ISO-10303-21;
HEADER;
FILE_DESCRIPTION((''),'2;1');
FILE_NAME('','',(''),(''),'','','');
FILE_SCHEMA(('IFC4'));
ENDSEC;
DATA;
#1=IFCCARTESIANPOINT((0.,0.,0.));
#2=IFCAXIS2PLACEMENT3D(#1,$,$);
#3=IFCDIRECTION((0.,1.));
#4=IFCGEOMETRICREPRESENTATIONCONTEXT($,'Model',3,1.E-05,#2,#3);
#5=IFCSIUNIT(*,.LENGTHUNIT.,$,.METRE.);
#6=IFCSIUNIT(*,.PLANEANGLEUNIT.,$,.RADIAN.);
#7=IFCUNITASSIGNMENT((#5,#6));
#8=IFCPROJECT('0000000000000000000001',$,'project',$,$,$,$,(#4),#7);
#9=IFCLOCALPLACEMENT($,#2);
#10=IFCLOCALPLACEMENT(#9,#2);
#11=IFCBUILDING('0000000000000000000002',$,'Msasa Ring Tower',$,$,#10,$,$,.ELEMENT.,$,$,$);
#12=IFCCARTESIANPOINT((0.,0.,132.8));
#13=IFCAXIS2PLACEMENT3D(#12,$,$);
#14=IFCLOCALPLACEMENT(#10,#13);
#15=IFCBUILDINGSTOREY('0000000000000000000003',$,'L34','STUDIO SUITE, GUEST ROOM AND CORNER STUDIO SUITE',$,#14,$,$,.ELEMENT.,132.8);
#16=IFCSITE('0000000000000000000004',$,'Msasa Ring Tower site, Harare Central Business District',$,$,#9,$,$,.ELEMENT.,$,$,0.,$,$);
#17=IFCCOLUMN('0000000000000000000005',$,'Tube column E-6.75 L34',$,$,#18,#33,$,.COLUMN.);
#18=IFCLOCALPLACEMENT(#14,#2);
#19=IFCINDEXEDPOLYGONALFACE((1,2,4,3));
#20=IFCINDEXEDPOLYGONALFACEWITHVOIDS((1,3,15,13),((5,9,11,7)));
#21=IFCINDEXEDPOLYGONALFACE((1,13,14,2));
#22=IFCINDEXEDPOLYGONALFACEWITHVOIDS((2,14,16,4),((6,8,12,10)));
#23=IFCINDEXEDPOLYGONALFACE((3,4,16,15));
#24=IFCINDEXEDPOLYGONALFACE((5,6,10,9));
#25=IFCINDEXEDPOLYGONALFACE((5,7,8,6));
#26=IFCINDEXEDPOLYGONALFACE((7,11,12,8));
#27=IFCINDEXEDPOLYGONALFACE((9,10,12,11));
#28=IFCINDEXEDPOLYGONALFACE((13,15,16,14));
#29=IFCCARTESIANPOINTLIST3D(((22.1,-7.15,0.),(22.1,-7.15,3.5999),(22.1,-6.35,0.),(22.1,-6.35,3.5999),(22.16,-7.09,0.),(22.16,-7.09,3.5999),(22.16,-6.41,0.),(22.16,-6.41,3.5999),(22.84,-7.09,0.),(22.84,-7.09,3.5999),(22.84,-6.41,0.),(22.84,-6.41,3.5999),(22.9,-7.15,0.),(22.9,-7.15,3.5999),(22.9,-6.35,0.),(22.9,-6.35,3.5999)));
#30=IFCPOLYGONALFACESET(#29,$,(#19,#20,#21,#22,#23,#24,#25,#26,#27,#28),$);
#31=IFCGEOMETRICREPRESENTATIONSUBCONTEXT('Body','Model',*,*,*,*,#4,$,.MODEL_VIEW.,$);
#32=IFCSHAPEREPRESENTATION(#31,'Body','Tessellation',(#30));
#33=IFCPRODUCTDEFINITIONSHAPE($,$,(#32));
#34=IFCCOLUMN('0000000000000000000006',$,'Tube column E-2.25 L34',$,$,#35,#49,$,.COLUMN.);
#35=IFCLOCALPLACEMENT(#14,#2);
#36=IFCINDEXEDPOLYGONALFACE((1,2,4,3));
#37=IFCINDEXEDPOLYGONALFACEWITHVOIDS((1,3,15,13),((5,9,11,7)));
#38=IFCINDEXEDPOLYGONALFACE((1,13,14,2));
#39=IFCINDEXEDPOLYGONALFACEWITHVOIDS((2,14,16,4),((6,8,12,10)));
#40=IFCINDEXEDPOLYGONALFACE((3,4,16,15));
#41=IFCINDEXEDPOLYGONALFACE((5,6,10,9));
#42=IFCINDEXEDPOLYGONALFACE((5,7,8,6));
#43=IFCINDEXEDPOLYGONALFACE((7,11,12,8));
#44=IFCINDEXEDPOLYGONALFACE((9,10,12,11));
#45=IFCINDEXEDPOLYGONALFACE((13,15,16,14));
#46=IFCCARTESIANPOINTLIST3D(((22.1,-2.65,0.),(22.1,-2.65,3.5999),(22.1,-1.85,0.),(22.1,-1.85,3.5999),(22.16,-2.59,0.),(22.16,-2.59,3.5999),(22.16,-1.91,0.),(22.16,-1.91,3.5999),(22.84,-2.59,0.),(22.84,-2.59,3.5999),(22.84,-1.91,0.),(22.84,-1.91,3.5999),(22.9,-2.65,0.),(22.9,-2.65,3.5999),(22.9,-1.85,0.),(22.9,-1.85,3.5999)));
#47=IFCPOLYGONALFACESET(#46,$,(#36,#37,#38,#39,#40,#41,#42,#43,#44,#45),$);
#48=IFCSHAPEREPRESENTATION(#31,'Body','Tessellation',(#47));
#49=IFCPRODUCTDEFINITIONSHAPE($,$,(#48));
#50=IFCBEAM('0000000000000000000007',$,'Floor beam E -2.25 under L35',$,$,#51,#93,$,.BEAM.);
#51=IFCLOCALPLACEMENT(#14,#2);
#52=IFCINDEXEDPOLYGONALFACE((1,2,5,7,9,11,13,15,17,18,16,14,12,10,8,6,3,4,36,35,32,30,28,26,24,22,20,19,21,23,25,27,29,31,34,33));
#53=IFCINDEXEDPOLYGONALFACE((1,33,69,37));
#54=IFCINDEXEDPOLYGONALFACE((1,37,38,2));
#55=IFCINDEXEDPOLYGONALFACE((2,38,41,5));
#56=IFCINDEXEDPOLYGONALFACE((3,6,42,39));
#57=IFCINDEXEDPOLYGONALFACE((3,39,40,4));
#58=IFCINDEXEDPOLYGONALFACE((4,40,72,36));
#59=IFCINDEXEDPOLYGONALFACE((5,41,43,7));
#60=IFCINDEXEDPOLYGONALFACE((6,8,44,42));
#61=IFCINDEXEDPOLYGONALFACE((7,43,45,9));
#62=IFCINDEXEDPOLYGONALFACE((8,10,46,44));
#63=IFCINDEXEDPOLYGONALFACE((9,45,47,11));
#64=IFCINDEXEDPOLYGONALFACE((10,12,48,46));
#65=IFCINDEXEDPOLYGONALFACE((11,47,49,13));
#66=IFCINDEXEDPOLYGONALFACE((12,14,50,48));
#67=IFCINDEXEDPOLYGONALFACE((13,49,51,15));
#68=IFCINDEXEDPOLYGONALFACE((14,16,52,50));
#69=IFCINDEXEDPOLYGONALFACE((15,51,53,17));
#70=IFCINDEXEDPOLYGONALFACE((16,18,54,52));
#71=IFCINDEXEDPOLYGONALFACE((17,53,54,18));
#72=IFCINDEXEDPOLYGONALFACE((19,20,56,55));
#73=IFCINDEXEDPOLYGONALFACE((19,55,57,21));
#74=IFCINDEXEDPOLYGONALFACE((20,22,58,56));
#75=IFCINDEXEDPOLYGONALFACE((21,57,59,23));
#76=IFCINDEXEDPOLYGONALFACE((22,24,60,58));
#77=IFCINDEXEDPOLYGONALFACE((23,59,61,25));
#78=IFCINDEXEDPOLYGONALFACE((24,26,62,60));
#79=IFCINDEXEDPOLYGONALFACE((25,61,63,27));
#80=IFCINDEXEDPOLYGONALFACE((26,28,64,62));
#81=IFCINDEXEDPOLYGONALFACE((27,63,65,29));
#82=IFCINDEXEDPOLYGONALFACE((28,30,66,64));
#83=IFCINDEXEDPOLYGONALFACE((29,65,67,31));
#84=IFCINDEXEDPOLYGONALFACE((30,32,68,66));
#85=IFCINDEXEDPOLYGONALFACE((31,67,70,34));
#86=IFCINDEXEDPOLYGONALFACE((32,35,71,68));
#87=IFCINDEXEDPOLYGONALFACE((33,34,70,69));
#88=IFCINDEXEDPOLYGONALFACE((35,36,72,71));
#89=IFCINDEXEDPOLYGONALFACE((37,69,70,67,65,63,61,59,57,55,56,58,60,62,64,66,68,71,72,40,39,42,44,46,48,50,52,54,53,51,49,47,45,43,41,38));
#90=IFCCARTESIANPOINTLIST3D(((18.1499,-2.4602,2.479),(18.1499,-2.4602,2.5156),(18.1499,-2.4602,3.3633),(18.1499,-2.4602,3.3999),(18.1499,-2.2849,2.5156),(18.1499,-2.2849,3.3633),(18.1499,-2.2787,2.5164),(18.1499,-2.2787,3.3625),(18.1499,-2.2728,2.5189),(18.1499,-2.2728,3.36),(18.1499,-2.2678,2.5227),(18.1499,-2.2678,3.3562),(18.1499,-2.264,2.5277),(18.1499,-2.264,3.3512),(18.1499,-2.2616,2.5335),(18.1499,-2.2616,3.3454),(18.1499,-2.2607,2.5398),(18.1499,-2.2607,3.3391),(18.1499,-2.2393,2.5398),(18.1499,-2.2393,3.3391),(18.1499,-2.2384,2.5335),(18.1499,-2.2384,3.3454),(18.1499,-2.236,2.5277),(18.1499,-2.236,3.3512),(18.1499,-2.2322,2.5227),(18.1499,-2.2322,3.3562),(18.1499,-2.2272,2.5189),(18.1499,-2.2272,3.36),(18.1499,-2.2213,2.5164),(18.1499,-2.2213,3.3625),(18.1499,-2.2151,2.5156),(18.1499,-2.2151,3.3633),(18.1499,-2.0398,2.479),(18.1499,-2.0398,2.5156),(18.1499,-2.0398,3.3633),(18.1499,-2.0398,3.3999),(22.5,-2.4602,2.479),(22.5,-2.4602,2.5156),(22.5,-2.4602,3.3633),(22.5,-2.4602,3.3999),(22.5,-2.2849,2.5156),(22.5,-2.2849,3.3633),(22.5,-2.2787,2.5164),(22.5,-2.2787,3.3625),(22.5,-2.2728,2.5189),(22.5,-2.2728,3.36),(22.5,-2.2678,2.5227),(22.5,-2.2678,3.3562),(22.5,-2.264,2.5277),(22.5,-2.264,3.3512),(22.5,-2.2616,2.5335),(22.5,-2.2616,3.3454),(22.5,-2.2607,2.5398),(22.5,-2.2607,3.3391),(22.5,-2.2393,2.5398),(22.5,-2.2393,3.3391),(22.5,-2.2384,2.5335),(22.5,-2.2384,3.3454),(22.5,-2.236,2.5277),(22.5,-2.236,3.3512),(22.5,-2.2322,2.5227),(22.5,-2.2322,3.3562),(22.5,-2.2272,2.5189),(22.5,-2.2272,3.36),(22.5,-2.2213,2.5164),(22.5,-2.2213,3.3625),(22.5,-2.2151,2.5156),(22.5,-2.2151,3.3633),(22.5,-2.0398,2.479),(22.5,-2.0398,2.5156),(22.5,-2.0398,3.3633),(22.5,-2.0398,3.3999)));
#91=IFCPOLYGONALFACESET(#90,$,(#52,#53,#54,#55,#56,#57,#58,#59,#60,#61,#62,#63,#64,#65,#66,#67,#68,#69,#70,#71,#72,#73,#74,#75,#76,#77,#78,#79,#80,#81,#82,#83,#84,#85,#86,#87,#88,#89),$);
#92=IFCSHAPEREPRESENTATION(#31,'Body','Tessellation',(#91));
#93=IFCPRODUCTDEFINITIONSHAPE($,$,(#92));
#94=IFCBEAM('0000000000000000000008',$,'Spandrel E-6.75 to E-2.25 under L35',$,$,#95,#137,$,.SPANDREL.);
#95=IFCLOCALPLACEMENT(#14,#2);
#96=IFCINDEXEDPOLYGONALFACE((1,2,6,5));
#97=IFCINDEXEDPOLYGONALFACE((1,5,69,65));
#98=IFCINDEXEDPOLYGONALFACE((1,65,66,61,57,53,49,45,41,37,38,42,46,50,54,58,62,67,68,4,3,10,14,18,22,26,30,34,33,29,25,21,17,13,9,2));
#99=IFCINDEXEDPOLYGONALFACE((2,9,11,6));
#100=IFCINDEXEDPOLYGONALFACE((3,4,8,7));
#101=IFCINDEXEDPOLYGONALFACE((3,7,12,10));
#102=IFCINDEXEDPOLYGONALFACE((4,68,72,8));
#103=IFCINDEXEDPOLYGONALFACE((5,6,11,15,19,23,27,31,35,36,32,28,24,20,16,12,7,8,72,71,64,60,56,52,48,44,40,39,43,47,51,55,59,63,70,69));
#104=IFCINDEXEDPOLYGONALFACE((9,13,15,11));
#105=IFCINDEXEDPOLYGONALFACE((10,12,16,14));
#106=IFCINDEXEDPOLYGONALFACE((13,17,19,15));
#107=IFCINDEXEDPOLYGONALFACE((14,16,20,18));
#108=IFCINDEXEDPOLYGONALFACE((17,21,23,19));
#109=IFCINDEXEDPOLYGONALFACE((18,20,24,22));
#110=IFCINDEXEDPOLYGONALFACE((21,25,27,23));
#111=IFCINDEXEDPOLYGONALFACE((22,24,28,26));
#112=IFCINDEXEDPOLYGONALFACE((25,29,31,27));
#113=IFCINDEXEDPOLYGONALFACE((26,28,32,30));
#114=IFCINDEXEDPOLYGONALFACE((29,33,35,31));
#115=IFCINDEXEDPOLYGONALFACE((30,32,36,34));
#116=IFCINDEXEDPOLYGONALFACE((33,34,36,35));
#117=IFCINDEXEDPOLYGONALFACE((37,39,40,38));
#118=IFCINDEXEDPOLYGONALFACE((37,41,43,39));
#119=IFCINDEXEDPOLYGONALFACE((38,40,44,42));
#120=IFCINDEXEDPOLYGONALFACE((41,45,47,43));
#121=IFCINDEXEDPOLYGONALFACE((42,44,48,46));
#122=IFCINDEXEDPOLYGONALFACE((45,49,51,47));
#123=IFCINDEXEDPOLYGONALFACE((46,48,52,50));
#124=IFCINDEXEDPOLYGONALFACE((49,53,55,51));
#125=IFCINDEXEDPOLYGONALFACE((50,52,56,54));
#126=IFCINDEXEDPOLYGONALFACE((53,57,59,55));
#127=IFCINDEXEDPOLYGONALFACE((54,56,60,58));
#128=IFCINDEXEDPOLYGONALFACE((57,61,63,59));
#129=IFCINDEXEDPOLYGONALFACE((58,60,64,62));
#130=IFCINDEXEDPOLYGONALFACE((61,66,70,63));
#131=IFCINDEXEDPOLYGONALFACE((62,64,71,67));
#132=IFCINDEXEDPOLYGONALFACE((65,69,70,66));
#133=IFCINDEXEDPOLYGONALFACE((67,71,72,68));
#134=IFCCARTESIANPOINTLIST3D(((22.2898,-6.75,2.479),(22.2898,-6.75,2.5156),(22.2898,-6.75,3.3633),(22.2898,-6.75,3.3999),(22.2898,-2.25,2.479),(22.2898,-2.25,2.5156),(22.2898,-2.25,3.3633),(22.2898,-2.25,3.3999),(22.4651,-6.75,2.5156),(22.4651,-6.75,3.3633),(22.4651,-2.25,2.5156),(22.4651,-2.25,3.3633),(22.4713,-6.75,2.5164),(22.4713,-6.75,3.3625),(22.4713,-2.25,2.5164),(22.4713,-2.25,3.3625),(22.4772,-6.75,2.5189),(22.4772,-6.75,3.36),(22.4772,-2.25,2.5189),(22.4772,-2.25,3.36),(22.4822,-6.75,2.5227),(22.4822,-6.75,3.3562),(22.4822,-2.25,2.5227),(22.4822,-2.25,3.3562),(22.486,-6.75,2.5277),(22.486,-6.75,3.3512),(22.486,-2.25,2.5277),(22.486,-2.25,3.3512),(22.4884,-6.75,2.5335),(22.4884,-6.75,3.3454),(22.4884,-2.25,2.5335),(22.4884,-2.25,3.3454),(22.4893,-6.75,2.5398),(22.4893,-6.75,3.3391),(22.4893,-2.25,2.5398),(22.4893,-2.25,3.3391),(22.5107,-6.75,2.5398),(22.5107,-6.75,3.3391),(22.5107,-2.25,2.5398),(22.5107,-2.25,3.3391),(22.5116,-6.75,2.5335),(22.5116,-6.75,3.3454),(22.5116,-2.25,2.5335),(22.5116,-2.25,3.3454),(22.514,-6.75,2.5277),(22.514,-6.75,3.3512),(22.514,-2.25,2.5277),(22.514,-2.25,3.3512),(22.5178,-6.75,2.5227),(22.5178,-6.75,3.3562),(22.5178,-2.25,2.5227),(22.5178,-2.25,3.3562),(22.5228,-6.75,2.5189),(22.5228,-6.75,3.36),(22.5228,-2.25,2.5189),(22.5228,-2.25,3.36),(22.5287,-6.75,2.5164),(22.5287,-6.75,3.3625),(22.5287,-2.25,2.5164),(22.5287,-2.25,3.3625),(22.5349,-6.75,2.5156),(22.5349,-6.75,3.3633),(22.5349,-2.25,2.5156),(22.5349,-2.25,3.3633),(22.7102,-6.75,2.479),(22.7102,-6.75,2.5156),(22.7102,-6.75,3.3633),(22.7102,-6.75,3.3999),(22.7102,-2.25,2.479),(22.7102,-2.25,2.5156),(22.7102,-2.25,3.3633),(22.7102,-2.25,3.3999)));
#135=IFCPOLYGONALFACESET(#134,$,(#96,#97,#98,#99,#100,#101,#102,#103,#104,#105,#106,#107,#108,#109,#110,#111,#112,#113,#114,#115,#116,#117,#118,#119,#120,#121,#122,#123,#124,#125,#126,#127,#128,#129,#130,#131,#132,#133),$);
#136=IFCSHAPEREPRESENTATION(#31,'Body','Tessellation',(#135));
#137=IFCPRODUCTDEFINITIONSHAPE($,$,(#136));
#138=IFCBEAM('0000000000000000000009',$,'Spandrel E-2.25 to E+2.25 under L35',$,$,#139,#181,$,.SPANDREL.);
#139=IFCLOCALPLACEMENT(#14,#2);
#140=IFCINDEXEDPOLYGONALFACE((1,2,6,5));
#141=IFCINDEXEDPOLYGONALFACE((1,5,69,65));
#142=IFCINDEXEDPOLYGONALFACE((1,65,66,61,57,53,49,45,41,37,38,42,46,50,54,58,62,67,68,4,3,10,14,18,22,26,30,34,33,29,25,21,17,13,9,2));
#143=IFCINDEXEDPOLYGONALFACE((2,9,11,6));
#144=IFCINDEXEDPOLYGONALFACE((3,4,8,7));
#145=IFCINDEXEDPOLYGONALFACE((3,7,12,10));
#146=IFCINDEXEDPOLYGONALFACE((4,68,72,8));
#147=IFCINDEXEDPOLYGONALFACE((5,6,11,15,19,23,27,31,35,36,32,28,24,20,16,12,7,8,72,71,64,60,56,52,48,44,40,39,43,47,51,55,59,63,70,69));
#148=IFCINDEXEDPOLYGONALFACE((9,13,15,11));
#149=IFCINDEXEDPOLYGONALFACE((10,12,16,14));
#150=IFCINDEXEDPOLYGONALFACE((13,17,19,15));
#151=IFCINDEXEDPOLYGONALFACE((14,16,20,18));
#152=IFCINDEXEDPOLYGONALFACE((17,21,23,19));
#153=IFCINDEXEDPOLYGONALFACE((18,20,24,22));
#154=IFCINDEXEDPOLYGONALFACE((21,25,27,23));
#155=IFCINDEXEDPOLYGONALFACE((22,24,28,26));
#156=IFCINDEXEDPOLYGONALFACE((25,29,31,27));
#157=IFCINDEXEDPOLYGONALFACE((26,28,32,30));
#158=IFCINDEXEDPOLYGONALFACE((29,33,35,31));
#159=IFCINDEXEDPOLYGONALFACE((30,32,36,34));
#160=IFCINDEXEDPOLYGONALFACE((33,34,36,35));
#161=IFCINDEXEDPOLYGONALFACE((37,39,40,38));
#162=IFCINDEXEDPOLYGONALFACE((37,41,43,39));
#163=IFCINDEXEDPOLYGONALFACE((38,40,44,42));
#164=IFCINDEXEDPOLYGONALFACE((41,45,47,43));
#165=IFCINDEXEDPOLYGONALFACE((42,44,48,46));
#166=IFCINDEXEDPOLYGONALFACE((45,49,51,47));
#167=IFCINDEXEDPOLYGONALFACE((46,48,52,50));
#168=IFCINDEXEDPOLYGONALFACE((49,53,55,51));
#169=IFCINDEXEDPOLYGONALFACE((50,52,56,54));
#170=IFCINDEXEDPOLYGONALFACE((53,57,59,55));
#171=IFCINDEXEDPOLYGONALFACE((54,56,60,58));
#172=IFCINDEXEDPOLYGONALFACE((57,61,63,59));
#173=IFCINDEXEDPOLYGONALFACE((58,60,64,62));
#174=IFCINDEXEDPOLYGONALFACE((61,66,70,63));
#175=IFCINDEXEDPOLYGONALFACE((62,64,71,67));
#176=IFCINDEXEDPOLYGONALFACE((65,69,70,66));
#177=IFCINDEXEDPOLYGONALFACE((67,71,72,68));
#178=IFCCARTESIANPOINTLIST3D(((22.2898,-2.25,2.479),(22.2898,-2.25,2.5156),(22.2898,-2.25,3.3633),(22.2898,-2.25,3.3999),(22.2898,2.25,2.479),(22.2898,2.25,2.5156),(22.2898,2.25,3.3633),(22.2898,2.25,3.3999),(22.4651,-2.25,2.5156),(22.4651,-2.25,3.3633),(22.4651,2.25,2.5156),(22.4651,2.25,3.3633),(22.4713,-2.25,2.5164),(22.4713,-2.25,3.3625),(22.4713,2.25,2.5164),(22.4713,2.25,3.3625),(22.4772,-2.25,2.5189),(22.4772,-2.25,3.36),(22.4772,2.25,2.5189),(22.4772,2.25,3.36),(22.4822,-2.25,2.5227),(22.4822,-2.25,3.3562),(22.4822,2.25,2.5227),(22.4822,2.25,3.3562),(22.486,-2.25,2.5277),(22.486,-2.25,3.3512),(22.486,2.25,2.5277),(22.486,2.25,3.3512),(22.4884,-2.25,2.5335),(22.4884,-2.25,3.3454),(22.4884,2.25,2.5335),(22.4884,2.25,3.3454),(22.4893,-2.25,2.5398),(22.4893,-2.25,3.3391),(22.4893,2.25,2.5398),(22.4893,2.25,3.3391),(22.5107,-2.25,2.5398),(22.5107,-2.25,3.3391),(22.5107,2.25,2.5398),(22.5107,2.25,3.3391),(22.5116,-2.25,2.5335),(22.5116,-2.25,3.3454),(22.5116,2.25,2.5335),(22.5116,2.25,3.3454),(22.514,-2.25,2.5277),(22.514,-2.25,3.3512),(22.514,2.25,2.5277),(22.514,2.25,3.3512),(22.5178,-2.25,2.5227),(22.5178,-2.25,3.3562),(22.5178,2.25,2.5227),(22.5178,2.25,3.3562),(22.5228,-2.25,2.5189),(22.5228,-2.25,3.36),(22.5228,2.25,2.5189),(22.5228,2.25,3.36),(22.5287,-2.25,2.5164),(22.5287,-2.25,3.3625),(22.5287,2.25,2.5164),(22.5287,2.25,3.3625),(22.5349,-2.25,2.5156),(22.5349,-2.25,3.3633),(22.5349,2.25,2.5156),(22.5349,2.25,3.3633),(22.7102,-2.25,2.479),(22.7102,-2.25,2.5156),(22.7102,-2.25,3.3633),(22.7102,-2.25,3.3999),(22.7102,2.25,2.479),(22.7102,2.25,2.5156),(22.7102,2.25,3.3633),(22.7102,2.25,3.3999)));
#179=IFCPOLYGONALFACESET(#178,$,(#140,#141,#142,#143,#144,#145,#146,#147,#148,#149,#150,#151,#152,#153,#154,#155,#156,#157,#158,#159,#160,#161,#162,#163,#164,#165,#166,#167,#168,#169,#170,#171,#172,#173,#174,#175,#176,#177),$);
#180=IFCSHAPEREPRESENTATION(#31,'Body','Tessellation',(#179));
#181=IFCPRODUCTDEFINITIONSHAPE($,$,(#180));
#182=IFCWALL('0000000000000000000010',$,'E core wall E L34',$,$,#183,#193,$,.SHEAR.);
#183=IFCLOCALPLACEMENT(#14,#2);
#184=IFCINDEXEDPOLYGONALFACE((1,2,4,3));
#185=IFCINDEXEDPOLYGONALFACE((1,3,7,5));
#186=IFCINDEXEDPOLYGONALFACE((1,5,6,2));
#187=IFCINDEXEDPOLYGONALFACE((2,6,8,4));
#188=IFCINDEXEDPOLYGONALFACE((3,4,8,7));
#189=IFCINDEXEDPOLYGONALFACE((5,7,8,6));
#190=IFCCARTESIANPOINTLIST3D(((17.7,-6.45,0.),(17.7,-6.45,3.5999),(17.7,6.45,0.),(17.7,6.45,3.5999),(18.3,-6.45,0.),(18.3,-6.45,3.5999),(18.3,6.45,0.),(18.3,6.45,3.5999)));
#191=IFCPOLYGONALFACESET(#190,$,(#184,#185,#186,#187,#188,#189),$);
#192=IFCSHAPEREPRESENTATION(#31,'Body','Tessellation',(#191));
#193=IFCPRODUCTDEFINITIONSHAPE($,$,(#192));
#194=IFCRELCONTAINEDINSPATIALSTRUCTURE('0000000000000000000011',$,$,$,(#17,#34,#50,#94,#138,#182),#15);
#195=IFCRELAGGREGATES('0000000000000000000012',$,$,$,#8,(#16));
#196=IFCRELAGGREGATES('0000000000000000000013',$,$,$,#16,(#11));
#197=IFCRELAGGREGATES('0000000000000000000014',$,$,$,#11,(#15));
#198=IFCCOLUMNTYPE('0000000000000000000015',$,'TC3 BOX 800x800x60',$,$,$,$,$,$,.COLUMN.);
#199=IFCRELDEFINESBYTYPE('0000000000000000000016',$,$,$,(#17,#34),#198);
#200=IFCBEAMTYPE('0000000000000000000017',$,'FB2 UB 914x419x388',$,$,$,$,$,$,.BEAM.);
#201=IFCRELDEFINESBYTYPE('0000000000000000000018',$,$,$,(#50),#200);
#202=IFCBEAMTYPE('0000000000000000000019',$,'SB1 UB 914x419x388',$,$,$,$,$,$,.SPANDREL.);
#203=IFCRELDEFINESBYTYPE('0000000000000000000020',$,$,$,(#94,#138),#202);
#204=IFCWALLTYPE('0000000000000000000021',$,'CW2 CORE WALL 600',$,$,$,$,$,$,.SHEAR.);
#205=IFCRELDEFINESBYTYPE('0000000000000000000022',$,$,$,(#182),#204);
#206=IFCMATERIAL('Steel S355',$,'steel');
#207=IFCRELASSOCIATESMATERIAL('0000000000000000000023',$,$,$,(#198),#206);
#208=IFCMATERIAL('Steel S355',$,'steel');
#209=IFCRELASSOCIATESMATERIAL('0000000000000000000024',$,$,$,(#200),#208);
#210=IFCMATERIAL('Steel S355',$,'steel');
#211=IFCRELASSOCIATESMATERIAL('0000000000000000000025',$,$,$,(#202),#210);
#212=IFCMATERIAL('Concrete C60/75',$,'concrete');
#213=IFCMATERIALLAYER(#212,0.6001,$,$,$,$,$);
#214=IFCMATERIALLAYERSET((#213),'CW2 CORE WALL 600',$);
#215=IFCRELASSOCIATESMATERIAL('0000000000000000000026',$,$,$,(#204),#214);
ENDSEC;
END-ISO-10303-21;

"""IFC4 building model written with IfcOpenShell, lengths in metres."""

from ifc_helpers import new_model, si_unit, direction, frame, frame_2d, origin, origin_2d, place, context, subcontext, project, spatial, rectangle, hollow_rectangle, i_section, extrude, material, layer, layer_set, material_profile, profile_set, type_object, element, save


model = new_model("IFC4")

# Units and contexts
model_context = context("Model", 3, precision=1e-05, world=origin(), true_north=direction((0.0, 1.0)))
body_context = subcontext(model_context, "Body", "Model", "MODEL_VIEW")
ifc_project = project(units=[si_unit("LENGTHUNIT", "METRE"), si_unit("PLANEANGLEUNIT", "RADIAN")], contexts=[model_context])

# Site, building, storey
site_placement = place(None, origin())
site = spatial("IfcSite", under=ifc_project, at=site_placement, Name="Msasa Ring Tower site, Harare Central Business District", CompositionType="ELEMENT", RefElevation=0.0)
building_placement = place(site_placement, origin())
building = spatial("IfcBuilding", under=site, at=building_placement, Name="Msasa Ring Tower", CompositionType="ELEMENT")
storey_placement = place(building_placement, frame((0.0, 0.0, 132.8)))
storey = spatial("IfcBuildingStorey", under=building, at=storey_placement, Name="L34", Description="STUDIO SUITE, GUEST ROOM AND CORNER STUDIO SUITE", CompositionType="ELEMENT", Elevation=132.8)

# Columns
ifc_material_1 = material(Name="Steel S355", Category="steel")
ifc_material_profile_1 = material_profile(ifc_material_1, hollow_rectangle(XDim=0.8, YDim=0.8, WallThickness=0.0601, at=origin_2d()), Name="BOX 800x800x60")
ifc_profile_set_1 = profile_set([ifc_material_profile_1], Name="Steel S355")
column_type = type_object("IfcColumnType", Name="TC3 BOX 800x800x60", PredefinedType="COLUMN", material=ifc_profile_set_1)
for number, where, z_axis, x_axis, name in (
    (1, (22.5, -6.75, 0.0), (0.0, 0.0, 1.0), (1.0, 0.0, 0.0), "Tube column E-6.75 L34"),
    (2, (22.5, -2.25, 0.0), (0.0, 0.0, 1.0), (1.0, 0.0, 0.0), "Tube column E-2.25 L34"),
):
    element("IfcColumn", number, at=place(storey_placement, frame(where, z_axis=z_axis, x_axis=x_axis)), inside=storey, type_object=column_type, Name=name, PredefinedType="COLUMN", context=body_context, shape_type="SweptSolid", body=[
        extrude(hollow_rectangle(XDim=0.8, YDim=0.8, WallThickness=0.0601, at=origin_2d()), origin(), (0.0, 0.0, 1.0), 3.5999),
    ])

# Beams
ifc_material_2 = material(Name="Steel S355", Category="steel")
ifc_material_profile_2 = material_profile(ifc_material_2, i_section(OverallWidth=0.4204, OverallDepth=0.9209, WebThickness=0.0215, FlangeThickness=0.0366, FilletRadius=0.0242, at=origin_2d()), Name="UB 914x419x388")
ifc_profile_set_2 = profile_set([ifc_material_profile_2], Name="Steel S355")
beam_type_1 = type_object("IfcBeamType", Name="FB2 UB 914x419x388", PredefinedType="BEAM", material=ifc_profile_set_2)
beam_placement = place(storey_placement, frame((22.5, -2.25, 2.9395), z_axis=(-1.0, 0.0, 0.0), x_axis=(0.0, -1.0, 0.0)))
element("IfcBeam", 3, at=beam_placement, inside=storey, type_object=beam_type_1, Name="Floor beam E -2.25 under L35", PredefinedType="BEAM", context=body_context, shape_type="SweptSolid", body=[
    extrude(i_section(OverallWidth=0.4204, OverallDepth=0.9209, WebThickness=0.0215, FlangeThickness=0.0366, FilletRadius=0.0242, at=origin_2d()), origin(), (0.0, 0.0, 1.0), 4.3501),
])
ifc_material_3 = material(Name="Steel S355", Category="steel")
ifc_material_profile_3 = material_profile(ifc_material_3, i_section(OverallWidth=0.4204, OverallDepth=0.9209, WebThickness=0.0215, FlangeThickness=0.0366, FilletRadius=0.0242, at=origin_2d()), Name="UB 914x419x388")
ifc_profile_set_3 = profile_set([ifc_material_profile_3], Name="Steel S355")
beam_type_2 = type_object("IfcBeamType", Name="SB1 UB 914x419x388", PredefinedType="SPANDREL", material=ifc_profile_set_3)
for number, where, z_axis, x_axis, name in (
    (4, (22.5, -6.75, 2.9395), (0.0, 1.0, 0.0), (-1.0, 0.0, 0.0), "Spandrel E-6.75 to E-2.25 under L35"),
    (5, (22.5, -2.25, 2.9395), (0.0, 1.0, 0.0), (-1.0, 0.0, 0.0), "Spandrel E-2.25 to E+2.25 under L35"),
):
    element("IfcBeam", number, at=place(storey_placement, frame(where, z_axis=z_axis, x_axis=x_axis)), inside=storey, type_object=beam_type_2, Name=name, PredefinedType="SPANDREL", context=body_context, shape_type="SweptSolid", body=[
        extrude(i_section(OverallWidth=0.4204, OverallDepth=0.9209, WebThickness=0.0215, FlangeThickness=0.0366, FilletRadius=0.0242, at=origin_2d()), origin(), (0.0, 0.0, 1.0), 4.5),
    ])

# Wall
ifc_material_4 = material(Name="Concrete C60/75", Category="concrete")
ifc_layer_1 = layer(ifc_material_4, 0.6001)
ifc_layer_set_1 = layer_set([ifc_layer_1], Name="CW2 CORE WALL 600")
wall_type_1 = type_object("IfcWallType", Name="CW2 CORE WALL 600", PredefinedType="SHEAR", material=ifc_layer_set_1)
wall_1_placement = place(storey_placement, frame((18.0, -6.45, 0.0), z_axis=(0.0, 0.0, 1.0), x_axis=(0.0, 1.0, 0.0)))
element("IfcWall", 6, at=wall_1_placement, inside=storey, type_object=wall_type_1, Name="E core wall E L34", PredefinedType="SHEAR", context=body_context, shape_type="SweptSolid", body=[
    extrude(rectangle(XDim=12.8999, YDim=0.6001, at=frame_2d((6.45, 0.0))), origin(), (0.0, 0.0, 1.0), 3.5999),
])

save(model, "model.ifc")
